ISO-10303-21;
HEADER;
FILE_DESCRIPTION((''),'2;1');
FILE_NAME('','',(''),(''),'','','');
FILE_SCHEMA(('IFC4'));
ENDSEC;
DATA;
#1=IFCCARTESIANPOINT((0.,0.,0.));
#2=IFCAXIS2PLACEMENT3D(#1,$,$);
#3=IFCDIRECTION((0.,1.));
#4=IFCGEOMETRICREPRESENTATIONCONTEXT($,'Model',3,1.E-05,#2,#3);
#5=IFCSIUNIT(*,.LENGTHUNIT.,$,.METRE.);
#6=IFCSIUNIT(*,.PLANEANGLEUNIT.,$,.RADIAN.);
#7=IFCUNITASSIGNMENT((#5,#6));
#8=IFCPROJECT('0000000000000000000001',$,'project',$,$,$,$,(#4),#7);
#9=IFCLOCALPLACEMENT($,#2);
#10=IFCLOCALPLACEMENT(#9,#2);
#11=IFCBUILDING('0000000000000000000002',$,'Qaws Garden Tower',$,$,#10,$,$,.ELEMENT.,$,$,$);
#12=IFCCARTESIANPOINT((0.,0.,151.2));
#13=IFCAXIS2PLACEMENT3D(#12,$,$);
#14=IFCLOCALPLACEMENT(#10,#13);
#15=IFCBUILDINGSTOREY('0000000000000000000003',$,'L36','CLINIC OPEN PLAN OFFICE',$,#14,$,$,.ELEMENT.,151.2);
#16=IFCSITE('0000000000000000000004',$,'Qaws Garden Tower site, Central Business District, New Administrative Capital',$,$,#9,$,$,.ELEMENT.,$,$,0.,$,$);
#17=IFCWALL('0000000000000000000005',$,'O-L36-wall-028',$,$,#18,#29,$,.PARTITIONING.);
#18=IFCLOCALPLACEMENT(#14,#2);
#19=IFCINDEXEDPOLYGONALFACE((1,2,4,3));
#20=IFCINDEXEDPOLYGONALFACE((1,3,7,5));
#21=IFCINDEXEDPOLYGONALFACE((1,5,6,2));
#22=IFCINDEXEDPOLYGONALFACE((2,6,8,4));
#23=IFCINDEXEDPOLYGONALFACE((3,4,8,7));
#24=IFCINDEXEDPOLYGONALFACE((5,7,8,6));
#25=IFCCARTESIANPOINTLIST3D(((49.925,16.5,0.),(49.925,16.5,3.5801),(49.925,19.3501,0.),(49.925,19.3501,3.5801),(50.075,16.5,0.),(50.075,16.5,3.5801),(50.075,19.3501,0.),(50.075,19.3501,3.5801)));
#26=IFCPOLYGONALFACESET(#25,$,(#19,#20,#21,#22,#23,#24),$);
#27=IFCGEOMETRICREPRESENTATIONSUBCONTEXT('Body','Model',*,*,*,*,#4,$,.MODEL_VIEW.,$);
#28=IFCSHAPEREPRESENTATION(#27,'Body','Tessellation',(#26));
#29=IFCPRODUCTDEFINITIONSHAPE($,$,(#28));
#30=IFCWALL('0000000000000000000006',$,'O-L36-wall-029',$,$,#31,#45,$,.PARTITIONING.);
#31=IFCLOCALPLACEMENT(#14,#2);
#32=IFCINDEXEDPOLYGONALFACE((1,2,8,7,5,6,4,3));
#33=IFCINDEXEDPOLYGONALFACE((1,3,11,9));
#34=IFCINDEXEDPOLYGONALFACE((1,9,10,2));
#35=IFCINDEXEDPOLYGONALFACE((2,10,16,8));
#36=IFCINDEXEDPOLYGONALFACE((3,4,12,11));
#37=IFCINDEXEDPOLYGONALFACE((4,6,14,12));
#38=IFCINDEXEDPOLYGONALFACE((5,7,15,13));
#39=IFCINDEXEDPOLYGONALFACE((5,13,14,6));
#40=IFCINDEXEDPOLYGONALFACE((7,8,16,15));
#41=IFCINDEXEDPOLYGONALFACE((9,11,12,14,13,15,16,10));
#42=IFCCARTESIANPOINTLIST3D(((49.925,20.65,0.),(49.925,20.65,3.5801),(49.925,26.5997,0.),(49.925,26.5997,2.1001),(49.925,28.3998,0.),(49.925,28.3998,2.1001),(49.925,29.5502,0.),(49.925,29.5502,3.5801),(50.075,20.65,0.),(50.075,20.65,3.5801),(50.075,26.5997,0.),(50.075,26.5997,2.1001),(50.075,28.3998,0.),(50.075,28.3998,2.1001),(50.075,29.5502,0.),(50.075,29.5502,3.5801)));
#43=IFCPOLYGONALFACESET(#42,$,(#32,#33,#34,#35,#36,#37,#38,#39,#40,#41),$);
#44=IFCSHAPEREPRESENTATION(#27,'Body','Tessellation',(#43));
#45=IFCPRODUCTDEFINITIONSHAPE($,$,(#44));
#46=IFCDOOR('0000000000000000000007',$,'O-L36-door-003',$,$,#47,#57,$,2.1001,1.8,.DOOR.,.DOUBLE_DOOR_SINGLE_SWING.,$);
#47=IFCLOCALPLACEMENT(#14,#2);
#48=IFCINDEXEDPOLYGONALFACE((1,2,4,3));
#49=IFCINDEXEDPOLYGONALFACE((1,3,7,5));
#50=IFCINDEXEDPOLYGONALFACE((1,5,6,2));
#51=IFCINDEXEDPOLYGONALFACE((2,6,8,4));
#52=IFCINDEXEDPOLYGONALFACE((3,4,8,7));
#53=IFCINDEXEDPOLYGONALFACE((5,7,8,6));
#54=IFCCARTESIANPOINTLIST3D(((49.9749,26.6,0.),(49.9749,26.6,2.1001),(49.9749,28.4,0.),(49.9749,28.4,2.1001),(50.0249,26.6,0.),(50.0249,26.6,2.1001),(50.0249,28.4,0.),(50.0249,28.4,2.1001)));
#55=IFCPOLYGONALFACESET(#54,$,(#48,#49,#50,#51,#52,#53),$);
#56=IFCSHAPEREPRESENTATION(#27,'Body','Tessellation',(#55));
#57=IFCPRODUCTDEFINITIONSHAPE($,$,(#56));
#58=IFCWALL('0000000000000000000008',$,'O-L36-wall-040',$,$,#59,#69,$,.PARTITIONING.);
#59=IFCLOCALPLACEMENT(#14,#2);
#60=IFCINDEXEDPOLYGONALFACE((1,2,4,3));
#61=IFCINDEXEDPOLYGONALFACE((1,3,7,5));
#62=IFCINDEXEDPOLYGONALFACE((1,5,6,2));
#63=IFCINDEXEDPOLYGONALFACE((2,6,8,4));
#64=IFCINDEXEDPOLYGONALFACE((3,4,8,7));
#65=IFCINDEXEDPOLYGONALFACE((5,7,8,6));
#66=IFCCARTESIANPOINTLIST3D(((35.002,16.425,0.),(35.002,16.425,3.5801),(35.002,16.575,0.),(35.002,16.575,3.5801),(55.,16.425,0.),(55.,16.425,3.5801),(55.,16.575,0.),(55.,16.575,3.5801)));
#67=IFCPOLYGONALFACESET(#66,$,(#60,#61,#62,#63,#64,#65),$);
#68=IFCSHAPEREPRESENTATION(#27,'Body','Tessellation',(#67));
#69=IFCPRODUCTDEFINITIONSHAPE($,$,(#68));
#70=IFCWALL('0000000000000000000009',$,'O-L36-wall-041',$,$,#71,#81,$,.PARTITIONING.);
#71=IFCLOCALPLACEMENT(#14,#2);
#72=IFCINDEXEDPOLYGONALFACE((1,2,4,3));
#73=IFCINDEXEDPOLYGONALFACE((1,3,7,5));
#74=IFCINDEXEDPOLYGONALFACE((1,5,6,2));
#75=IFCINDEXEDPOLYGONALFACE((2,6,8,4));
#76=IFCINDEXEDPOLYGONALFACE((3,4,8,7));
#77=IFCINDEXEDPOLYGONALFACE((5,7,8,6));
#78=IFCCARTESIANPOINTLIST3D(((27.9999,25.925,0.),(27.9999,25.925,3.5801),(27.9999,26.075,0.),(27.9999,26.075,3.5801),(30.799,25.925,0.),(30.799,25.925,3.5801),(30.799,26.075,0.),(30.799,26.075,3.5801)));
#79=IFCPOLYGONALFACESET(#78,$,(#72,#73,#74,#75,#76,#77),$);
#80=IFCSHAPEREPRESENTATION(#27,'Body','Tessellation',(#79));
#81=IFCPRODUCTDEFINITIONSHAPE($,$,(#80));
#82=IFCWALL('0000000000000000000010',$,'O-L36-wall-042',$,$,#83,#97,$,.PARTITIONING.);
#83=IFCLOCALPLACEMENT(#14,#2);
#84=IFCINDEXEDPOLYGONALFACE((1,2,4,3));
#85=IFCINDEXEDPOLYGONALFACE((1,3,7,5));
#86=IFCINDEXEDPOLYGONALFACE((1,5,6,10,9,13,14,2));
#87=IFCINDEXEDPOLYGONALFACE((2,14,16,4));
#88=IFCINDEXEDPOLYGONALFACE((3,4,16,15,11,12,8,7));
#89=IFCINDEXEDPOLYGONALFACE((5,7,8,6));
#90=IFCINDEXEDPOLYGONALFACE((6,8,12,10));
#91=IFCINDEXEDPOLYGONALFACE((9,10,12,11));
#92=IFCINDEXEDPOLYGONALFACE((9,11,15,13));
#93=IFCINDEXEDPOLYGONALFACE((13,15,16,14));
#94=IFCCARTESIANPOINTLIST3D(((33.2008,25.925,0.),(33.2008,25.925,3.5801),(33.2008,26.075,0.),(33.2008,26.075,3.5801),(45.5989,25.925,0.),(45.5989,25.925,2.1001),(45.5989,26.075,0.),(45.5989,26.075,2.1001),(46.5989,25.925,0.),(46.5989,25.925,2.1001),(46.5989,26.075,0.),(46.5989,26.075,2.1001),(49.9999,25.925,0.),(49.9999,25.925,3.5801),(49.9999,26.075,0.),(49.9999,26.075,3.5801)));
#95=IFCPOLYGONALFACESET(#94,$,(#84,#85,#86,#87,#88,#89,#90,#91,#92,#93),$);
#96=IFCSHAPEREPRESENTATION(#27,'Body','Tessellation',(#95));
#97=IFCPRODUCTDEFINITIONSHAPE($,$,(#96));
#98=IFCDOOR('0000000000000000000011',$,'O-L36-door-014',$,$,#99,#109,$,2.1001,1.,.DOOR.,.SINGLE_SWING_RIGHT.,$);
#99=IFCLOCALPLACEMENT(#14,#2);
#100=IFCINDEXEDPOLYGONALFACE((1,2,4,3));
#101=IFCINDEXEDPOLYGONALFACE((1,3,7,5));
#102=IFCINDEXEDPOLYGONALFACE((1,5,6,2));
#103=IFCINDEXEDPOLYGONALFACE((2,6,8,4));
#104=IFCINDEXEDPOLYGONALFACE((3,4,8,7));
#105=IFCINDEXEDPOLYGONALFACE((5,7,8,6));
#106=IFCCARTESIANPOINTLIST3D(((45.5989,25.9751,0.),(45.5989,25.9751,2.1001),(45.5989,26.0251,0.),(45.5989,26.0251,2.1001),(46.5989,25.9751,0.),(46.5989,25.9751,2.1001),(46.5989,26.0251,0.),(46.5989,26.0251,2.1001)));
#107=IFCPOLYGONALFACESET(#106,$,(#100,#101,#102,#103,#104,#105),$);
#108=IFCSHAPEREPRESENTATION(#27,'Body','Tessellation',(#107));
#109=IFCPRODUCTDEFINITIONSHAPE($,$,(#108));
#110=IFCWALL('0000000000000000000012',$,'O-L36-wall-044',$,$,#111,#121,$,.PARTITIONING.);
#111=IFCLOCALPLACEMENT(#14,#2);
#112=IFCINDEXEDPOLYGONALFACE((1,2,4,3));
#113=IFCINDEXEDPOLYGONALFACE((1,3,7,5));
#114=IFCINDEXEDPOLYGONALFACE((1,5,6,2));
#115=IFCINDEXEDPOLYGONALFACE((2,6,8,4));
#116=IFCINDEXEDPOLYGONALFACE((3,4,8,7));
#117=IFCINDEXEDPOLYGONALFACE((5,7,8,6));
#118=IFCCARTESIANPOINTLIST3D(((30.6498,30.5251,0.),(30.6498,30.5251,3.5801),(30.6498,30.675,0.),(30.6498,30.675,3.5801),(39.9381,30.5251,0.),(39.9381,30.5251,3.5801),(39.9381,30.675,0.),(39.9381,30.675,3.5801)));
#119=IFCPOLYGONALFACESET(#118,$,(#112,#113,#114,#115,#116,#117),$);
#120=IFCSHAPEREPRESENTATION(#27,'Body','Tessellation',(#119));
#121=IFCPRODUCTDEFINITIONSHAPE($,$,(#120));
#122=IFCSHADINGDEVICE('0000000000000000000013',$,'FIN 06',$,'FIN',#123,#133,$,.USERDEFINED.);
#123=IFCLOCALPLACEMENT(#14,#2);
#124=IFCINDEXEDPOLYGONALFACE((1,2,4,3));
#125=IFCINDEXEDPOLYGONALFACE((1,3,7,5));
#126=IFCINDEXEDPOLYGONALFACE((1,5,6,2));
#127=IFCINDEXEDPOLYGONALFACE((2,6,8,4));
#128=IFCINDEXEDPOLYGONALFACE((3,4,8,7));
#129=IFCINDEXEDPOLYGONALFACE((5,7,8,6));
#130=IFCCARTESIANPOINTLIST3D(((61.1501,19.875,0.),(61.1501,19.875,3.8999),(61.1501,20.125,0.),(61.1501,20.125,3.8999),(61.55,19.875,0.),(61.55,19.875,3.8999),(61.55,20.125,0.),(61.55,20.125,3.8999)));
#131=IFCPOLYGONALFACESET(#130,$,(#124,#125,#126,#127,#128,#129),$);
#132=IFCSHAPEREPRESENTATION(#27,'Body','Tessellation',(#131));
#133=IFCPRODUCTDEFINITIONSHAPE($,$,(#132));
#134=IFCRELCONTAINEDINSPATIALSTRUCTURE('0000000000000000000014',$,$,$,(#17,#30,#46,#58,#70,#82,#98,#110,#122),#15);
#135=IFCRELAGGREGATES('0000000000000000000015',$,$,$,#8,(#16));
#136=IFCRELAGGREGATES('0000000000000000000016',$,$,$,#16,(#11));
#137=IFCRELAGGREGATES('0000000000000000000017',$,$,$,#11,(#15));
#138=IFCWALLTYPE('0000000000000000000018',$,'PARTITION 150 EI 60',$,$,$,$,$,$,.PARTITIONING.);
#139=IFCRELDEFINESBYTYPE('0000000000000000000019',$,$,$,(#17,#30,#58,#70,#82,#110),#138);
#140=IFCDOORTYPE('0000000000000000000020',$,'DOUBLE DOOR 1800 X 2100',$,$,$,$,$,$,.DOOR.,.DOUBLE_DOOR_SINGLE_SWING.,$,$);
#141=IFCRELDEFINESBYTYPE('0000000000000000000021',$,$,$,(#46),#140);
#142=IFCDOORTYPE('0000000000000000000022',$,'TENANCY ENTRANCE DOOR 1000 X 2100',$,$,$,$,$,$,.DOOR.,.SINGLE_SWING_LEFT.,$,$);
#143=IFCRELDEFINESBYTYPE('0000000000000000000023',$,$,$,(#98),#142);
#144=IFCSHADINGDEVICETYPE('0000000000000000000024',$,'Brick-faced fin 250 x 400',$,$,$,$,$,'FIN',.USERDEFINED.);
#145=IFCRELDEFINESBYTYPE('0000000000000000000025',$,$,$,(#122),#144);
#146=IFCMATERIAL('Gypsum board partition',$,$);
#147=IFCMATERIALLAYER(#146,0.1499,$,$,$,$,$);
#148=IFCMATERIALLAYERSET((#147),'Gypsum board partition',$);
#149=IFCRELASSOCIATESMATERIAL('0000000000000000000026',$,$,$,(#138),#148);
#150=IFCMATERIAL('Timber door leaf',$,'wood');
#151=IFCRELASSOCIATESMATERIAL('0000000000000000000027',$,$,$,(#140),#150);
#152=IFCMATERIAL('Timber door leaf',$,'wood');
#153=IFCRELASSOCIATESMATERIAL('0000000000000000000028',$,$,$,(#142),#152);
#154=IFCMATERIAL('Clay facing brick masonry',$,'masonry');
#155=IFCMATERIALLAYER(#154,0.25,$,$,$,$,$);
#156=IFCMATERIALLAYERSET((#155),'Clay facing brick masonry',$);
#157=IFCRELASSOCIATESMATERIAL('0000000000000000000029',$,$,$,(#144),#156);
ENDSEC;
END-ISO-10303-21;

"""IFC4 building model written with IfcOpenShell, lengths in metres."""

from ifc_helpers import new_model, si_unit, direction, frame, frame_2d, origin, origin_2d, place, context, subcontext, project, spatial, rectangle, extrude, material, layer, layer_set, type_object, element, fill, save


model = new_model("IFC4")

# Units and contexts
model_context = context("Model", 3, precision=1e-05, world=origin(), true_north=direction((0.0, 1.0)))
body_context = subcontext(model_context, "Body", "Model", "MODEL_VIEW")
ifc_project = project(units=[si_unit("LENGTHUNIT", "METRE"), si_unit("PLANEANGLEUNIT", "RADIAN")], contexts=[model_context])

# Site, building, storey
site_placement = place(None, origin())
site = spatial("IfcSite", under=ifc_project, at=site_placement, Name="Qaws Garden Tower site, Central Business District, New Administrative Capital", CompositionType="ELEMENT", RefElevation=0.0)
building_placement = place(site_placement, origin())
building = spatial("IfcBuilding", under=site, at=building_placement, Name="Qaws Garden Tower", CompositionType="ELEMENT")
storey_placement = place(building_placement, frame((0.0, 0.0, 151.2)))
storey = spatial("IfcBuildingStorey", under=building, at=storey_placement, Name="L36", Description="CLINIC OPEN PLAN OFFICE", CompositionType="ELEMENT", Elevation=151.2)

# Shared definitions
ifc_material_1 = material(Name="Gypsum board partition")
ifc_layer_1 = layer(ifc_material_1, 0.1499)
ifc_layer_set_1 = layer_set([ifc_layer_1], Name="Gypsum board partition")
wall_type_1 = type_object("IfcWallType", Name="PARTITION 150 EI 60", PredefinedType="PARTITIONING", material=ifc_layer_set_1)

# Shared definitions
ifc_material_2 = material(Name="Timber door leaf", Category="wood")
door_type_1 = type_object("IfcDoorType", Name="DOUBLE DOOR 1800 X 2100", OperationType="DOUBLE_DOOR_SINGLE_SWING", PredefinedType="DOOR", material=ifc_material_2)

# Wall
wall_1_placement = place(storey_placement, frame((50.0, 16.5, 0.0), z_axis=(0.0, 0.0, 1.0), x_axis=(0.0, 1.0, 0.0)))
element("IfcWall", 1, at=wall_1_placement, inside=storey, type_object=wall_type_1, Name="O-L36-wall-028", PredefinedType="PARTITIONING", context=body_context, shape_type="SweptSolid", body=[
    extrude(rectangle(XDim=2.8501, YDim=0.1499, at=frame_2d((1.425, 0.0))), origin(), (0.0, 0.0, 1.0), 3.5801),
])

# Wall, opening, door
wall_2_placement = place(storey_placement, frame((50.0, 20.6499, 0.0), z_axis=(0.0, 0.0, 1.0), x_axis=(0.0, 1.0, 0.0)))
wall_2 = element("IfcWall", 2, at=wall_2_placement, inside=storey, type_object=wall_type_1, Name="O-L36-wall-029", PredefinedType="PARTITIONING", context=body_context, shape_type="SweptSolid", body=[
    extrude(rectangle(XDim=8.9001, YDim=0.1499, at=frame_2d((4.4502, 0.0))), origin(), (0.0, 0.0, 1.0), 3.5801),
])
opening_1_placement = place(wall_2_placement, frame((5.95, 0.0, 0.0)))
opening_1 = element("IfcOpeningElement", 3, at=opening_1_placement, cuts=wall_2, PredefinedType="OPENING", context=body_context, shape_type="SweptSolid", body=[
    extrude(rectangle(XDim=1.8, YDim=2.1001, at=frame_2d((0.8999, 1.05))), frame((0.0, 0.085, 0.0), z_axis=(0.0, -1.0, 0.0), x_axis=(1.0, 0.0, 0.0)), (0.0, 0.0, 1.0), 0.1699),
])
door_1_placement = place(opening_1_placement, frame((1.8, 0.0, 0.0), z_axis=(0.0, 0.0, 1.0), x_axis=(-1.0, 0.0, 0.0)))
door_1 = element("IfcDoor", 4, at=door_1_placement, inside=storey, type_object=door_type_1, Name="O-L36-door-003", OperationType="DOUBLE_DOOR_SINGLE_SWING", OverallHeight=2.1001, OverallWidth=1.8, PredefinedType="DOOR", context=body_context, shape_type="SweptSolid", body=[
    extrude(rectangle(XDim=1.8, YDim=2.1001, at=frame_2d((0.8999, 1.05))), frame((0.0, 0.0249, 0.0), z_axis=(0.0, -1.0, 0.0), x_axis=(1.0, 0.0, 0.0)), (0.0, 0.0, 1.0), 0.05),
])
fill(opening_1, door_1)

# Walls
wall_3_placement = place(storey_placement, frame((35.002, 16.5, 0.0), z_axis=(0.0, 0.0, 1.0), x_axis=(1.0, 0.0, 0.0)))
element("IfcWall", 5, at=wall_3_placement, inside=storey, type_object=wall_type_1, Name="O-L36-wall-040", PredefinedType="PARTITIONING", context=body_context, shape_type="SweptSolid", body=[
    extrude(rectangle(XDim=19.998, YDim=0.1499, at=frame_2d((9.999, 0.0))), origin(), (0.0, 0.0, 1.0), 3.5801),
])
wall_4_placement = place(storey_placement, frame((28.0, 26.0, 0.0), z_axis=(0.0, 0.0, 1.0), x_axis=(1.0, 0.0, 0.0)))
element("IfcWall", 6, at=wall_4_placement, inside=storey, type_object=wall_type_1, Name="O-L36-wall-041", PredefinedType="PARTITIONING", context=body_context, shape_type="SweptSolid", body=[
    extrude(rectangle(XDim=2.7991, YDim=0.1499, at=frame_2d((1.3994, 0.0))), origin(), (0.0, 0.0, 1.0), 3.5801),
])

# Wall, opening, door
wall_5_placement = place(storey_placement, frame((33.2009, 26.0, 0.0), z_axis=(0.0, 0.0, 1.0), x_axis=(1.0, 0.0, 0.0)))
wall_5 = element("IfcWall", 7, at=wall_5_placement, inside=storey, type_object=wall_type_1, Name="O-L36-wall-042", PredefinedType="PARTITIONING", context=body_context, shape_type="SweptSolid", body=[
    extrude(rectangle(XDim=16.7991, YDim=0.1499, at=frame_2d((8.3994, 0.0))), origin(), (0.0, 0.0, 1.0), 3.5801),
])
opening_2_placement = place(wall_5_placement, frame((12.3979, 0.0, 0.0)))
opening_2 = element("IfcOpeningElement", 8, at=opening_2_placement, cuts=wall_5, PredefinedType="OPENING", context=body_context, shape_type="SweptSolid", body=[
    extrude(rectangle(XDim=1.0, YDim=2.1001, at=frame_2d((0.5, 1.05))), frame((0.0, 0.085, 0.0), z_axis=(0.0, -1.0, 0.0), x_axis=(1.0, 0.0, 0.0)), (0.0, 0.0, 1.0), 0.1699),
])
ifc_material_3 = material(Name="Timber door leaf", Category="wood")
door_type_2 = type_object("IfcDoorType", Name="TENANCY ENTRANCE DOOR 1000 X 2100", OperationType="SINGLE_SWING_LEFT", PredefinedType="DOOR", material=ifc_material_3)
door_2_placement = place(opening_2_placement, frame((1.0, 0.0, 0.0), z_axis=(0.0, 0.0, 1.0), x_axis=(-1.0, 0.0, 0.0)))
door_2 = element("IfcDoor", 9, at=door_2_placement, inside=storey, type_object=door_type_2, Name="O-L36-door-014", OperationType="SINGLE_SWING_RIGHT", OverallHeight=2.1001, OverallWidth=1.0, PredefinedType="DOOR", context=body_context, shape_type="SweptSolid", body=[
    extrude(rectangle(XDim=1.0, YDim=2.1001, at=frame_2d((0.5, 1.05))), frame((0.0, 0.0249, 0.0), z_axis=(0.0, -1.0, 0.0), x_axis=(1.0, 0.0, 0.0)), (0.0, 0.0, 1.0), 0.05),
])
fill(opening_2, door_2)

# Wall
wall_6_placement = place(storey_placement, frame((30.6499, 30.6001, 0.0), z_axis=(0.0, 0.0, 1.0), x_axis=(1.0, 0.0, 0.0)))
element("IfcWall", 10, at=wall_6_placement, inside=storey, type_object=wall_type_1, Name="O-L36-wall-044", PredefinedType="PARTITIONING", context=body_context, shape_type="SweptSolid", body=[
    extrude(rectangle(XDim=9.2883, YDim=0.1499, at=frame_2d((4.644, 0.0))), origin(), (0.0, 0.0, 1.0), 3.5801),
])

# Shading device
ifc_material_4 = material(Name="Clay facing brick masonry", Category="masonry")
ifc_layer_2 = layer(ifc_material_4, 0.25)
ifc_layer_set_2 = layer_set([ifc_layer_2], Name="Clay facing brick masonry")
shading_device_type = type_object("IfcShadingDeviceType", Name="Brick-faced fin 250 x 400", ElementType="FIN", PredefinedType="USERDEFINED", material=ifc_layer_set_2)
shading_device_placement = place(storey_placement, frame((61.3501, 20.0, 0.0), z_axis=(0.0, 0.0, 1.0), x_axis=(0.0, 1.0, 0.0)))
element("IfcShadingDevice", 11, at=shading_device_placement, inside=storey, type_object=shading_device_type, Name="FIN 06", ObjectType="FIN", PredefinedType="USERDEFINED", context=body_context, shape_type="SweptSolid", body=[
    extrude(rectangle(XDim=0.25, YDim=0.3999, at=origin_2d()), origin(), (0.0, 0.0, 1.0), 3.8999),
])

save(model, "model.ifc")
